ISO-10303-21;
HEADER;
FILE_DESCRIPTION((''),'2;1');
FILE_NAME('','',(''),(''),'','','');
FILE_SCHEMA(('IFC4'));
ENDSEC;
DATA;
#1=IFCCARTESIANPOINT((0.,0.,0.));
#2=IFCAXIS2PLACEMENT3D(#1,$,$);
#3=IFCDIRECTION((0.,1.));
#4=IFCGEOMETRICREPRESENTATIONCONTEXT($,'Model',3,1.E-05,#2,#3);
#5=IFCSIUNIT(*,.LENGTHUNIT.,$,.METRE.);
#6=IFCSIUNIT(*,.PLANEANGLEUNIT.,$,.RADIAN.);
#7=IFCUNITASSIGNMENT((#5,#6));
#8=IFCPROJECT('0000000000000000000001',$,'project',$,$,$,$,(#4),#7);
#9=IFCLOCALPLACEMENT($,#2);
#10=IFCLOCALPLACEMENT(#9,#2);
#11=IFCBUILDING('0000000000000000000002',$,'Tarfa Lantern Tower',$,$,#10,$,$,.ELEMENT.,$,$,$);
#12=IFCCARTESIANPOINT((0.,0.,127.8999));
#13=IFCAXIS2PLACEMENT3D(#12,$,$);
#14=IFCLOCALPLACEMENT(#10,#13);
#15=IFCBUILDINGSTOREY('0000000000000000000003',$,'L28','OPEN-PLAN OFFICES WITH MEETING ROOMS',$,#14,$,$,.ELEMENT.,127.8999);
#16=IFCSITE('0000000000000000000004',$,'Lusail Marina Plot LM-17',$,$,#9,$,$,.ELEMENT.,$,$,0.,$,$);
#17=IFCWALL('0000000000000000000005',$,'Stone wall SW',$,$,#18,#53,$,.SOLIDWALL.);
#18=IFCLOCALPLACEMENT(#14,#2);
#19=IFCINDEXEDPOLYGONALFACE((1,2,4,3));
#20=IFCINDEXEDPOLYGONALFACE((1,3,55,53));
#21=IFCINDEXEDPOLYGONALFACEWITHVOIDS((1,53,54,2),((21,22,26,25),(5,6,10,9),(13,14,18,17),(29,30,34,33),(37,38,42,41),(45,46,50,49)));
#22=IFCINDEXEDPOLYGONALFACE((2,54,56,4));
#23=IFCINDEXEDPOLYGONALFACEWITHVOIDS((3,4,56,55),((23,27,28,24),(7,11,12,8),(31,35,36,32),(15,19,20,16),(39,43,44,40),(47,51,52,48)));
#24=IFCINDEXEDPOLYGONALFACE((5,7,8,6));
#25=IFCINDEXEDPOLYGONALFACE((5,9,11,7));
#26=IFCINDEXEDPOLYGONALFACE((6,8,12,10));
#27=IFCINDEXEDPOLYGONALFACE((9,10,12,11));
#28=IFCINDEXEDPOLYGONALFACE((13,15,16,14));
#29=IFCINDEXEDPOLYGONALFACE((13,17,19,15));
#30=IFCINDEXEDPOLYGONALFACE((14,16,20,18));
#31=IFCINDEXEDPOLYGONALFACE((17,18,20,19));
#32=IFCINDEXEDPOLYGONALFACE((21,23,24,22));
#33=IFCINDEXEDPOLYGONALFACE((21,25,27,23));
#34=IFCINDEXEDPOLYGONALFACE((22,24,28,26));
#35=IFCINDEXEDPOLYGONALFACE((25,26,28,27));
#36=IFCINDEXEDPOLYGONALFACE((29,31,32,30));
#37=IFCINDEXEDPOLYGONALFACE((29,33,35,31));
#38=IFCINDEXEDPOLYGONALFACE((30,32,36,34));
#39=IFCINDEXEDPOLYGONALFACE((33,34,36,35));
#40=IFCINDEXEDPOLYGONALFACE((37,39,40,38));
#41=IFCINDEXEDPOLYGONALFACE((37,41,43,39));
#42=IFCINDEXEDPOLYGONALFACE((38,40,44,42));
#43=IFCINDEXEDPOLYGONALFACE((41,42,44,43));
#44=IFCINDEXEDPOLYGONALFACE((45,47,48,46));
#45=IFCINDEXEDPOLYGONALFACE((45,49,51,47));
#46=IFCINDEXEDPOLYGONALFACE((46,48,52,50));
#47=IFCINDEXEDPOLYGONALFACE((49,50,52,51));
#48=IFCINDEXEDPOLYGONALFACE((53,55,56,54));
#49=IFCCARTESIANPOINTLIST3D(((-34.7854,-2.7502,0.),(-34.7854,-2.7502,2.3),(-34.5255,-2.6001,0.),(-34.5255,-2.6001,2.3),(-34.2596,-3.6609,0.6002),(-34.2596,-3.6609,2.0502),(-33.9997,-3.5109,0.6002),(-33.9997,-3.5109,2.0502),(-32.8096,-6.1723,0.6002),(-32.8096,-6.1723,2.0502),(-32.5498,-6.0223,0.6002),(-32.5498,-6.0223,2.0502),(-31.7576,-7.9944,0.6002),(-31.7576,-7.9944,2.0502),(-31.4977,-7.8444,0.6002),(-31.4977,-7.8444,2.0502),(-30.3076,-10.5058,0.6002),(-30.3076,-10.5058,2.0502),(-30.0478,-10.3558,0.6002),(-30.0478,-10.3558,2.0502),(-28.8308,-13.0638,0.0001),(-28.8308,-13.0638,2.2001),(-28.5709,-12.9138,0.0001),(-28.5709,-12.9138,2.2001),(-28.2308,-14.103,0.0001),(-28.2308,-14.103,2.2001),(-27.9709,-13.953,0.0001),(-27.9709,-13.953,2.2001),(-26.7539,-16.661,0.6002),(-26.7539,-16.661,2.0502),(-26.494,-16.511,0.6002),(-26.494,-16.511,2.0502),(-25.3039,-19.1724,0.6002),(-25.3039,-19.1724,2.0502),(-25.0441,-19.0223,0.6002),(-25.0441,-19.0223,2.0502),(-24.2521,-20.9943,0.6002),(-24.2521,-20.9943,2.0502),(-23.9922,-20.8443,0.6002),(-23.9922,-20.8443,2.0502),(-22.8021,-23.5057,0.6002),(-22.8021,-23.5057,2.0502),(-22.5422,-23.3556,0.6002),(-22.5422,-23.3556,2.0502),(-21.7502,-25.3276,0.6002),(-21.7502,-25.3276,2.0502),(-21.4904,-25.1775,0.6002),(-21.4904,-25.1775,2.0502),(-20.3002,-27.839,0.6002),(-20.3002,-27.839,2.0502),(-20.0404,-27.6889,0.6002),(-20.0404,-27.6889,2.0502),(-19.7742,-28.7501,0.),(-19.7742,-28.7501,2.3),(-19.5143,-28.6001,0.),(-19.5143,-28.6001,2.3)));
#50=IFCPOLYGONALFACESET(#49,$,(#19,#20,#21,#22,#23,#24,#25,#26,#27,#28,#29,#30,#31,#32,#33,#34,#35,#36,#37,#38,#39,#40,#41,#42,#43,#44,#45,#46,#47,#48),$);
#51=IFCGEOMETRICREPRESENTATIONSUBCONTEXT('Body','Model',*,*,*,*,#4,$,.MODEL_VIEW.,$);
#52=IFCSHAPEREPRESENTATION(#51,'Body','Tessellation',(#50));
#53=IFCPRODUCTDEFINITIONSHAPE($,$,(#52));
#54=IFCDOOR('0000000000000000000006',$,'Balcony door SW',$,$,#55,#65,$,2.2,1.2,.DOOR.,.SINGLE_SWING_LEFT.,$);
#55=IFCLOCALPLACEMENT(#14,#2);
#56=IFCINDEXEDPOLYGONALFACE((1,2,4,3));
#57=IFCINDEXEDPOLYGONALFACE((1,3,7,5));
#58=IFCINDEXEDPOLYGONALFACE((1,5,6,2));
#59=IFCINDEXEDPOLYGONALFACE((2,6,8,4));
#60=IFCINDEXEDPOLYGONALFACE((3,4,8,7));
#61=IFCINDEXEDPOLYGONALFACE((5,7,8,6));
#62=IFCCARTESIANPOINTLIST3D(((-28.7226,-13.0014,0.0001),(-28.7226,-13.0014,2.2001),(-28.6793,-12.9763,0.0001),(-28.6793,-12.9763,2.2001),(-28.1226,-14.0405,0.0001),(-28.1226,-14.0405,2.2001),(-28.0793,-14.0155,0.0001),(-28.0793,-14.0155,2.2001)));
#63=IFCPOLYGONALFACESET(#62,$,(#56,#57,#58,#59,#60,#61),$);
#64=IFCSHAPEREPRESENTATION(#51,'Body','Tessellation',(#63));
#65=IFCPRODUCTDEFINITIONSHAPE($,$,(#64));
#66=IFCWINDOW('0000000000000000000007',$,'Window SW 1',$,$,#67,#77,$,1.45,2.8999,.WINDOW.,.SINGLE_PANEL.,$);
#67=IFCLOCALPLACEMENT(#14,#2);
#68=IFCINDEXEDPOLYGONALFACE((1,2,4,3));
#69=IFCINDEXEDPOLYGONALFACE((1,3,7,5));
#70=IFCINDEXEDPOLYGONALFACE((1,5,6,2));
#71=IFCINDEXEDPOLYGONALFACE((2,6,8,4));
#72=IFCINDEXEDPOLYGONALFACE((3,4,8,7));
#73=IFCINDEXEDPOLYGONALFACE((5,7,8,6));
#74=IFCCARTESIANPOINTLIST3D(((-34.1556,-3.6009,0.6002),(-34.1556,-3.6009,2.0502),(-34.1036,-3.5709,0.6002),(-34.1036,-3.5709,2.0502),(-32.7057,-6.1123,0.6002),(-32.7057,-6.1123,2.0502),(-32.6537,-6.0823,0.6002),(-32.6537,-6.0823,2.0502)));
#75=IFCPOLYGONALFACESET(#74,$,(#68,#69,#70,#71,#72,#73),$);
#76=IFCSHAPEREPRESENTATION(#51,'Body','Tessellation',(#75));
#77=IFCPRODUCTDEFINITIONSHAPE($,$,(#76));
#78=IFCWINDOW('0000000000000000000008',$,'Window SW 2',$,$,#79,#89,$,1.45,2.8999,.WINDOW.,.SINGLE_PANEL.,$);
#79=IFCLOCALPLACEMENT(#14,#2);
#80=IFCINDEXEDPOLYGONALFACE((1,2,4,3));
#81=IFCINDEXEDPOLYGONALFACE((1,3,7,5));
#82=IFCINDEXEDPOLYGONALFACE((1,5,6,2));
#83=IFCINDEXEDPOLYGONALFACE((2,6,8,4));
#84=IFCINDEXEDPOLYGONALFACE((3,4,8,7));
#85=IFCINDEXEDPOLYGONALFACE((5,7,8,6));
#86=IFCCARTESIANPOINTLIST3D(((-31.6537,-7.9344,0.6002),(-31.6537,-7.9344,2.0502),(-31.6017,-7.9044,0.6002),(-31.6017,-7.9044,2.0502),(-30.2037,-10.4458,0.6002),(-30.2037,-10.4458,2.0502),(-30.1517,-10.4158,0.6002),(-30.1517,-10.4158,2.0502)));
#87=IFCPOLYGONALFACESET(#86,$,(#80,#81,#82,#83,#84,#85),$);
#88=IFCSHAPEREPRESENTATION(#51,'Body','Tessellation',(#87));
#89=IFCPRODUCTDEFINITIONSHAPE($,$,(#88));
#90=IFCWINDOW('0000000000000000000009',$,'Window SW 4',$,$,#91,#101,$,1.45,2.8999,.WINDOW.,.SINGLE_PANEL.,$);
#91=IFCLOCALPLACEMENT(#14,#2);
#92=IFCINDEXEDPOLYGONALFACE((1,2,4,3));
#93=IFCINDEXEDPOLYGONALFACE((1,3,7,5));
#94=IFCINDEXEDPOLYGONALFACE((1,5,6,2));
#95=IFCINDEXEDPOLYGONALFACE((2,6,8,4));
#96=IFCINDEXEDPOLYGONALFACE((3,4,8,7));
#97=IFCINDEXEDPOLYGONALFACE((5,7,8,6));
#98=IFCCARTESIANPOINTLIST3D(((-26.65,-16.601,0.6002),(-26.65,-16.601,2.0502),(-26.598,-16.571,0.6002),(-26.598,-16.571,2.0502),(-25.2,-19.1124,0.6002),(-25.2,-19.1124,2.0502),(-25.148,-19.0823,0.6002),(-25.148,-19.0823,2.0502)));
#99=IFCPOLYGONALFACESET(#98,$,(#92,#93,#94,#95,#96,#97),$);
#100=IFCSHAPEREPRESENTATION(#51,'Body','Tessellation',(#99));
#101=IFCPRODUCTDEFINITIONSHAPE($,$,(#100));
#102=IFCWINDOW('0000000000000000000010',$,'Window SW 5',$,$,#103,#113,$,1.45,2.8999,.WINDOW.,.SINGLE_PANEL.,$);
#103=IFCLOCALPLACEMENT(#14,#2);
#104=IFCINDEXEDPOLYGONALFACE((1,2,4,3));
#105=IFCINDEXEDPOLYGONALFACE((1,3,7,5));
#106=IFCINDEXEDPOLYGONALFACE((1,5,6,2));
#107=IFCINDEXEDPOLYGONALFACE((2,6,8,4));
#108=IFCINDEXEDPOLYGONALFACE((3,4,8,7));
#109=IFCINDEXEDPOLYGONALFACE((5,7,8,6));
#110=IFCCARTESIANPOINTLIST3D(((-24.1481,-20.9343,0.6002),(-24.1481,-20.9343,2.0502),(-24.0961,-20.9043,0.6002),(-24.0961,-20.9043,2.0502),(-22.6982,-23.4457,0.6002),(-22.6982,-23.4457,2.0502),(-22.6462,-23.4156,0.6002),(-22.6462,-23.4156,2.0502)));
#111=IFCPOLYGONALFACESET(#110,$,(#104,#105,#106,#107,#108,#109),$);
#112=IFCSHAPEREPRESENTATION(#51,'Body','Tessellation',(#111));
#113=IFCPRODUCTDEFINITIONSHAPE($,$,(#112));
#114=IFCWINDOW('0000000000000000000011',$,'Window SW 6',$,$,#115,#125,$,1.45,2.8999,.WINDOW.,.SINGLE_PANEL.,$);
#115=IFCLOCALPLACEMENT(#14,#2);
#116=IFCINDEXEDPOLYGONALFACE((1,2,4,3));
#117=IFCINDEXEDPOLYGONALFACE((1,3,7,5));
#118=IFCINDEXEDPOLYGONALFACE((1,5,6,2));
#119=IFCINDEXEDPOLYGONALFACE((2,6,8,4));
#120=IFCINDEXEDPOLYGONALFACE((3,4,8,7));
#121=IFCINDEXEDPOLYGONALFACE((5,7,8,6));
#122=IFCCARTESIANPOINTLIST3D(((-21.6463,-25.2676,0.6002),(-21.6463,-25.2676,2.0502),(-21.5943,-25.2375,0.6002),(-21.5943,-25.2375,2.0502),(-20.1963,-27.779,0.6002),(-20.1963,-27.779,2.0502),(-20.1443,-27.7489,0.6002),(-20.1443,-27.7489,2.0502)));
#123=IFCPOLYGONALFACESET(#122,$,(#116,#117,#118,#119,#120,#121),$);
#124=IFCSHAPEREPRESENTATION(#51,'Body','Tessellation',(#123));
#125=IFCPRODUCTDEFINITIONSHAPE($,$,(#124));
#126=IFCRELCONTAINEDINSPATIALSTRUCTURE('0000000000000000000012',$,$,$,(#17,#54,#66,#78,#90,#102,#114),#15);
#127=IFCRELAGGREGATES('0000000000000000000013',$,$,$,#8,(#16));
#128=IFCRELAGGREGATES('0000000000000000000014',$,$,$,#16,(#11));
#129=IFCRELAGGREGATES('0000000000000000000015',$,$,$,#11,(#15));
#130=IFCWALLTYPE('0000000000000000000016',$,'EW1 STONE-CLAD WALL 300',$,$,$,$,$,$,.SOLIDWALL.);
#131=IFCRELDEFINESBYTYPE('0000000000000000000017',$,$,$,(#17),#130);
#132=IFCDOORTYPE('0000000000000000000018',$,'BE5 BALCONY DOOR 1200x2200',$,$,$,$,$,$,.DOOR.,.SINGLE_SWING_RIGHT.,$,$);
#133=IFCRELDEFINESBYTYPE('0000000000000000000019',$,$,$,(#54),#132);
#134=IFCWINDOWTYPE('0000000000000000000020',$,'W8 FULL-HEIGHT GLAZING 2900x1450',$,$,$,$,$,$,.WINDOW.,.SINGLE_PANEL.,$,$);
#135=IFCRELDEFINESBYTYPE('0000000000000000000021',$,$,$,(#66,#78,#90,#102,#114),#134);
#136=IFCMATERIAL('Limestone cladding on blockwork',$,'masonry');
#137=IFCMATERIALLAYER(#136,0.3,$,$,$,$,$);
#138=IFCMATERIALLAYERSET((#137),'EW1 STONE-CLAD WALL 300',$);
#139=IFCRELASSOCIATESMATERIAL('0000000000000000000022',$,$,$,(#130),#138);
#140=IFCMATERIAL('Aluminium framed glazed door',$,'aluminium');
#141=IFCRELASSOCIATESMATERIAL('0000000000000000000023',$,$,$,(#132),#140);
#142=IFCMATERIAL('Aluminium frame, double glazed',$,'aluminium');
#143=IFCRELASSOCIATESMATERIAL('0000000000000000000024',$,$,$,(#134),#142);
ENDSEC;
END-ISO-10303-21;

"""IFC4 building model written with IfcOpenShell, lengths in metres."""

from ifc_helpers import new_model, si_unit, direction, frame, frame_2d, origin, place, context, subcontext, project, spatial, rectangle, extrude, material, layer, layer_set, type_object, element, fill, save


model = new_model("IFC4")

# Units and contexts
model_context = context("Model", 3, precision=1e-05, world=origin(), true_north=direction((0.0, 1.0)))
body_context = subcontext(model_context, "Body", "Model", "MODEL_VIEW")
ifc_project = project(units=[si_unit("LENGTHUNIT", "METRE"), si_unit("PLANEANGLEUNIT", "RADIAN")], contexts=[model_context])

# Site, building, storey
site_placement = place(None, origin())
site = spatial("IfcSite", under=ifc_project, at=site_placement, Name="Lusail Marina Plot LM-17", CompositionType="ELEMENT", RefElevation=0.0)
building_placement = place(site_placement, origin())
building = spatial("IfcBuilding", under=site, at=building_placement, Name="Tarfa Lantern Tower", CompositionType="ELEMENT")
storey_placement = place(building_placement, frame((0.0, 0.0, 127.8999)))
storey = spatial("IfcBuildingStorey", under=building, at=storey_placement, Name="L28", Description="OPEN-PLAN OFFICES WITH MEETING ROOMS", CompositionType="ELEMENT", Elevation=127.8999)

# Wall, openings, door, windows
ifc_material_1 = material(Name="Limestone cladding on blockwork", Category="masonry")
ifc_layer_1 = layer(ifc_material_1, 0.3)
ifc_layer_set_1 = layer_set([ifc_layer_1], Name="EW1 STONE-CLAD WALL 300")
wall_type = type_object("IfcWallType", Name="EW1 STONE-CLAD WALL 300", PredefinedType="SOLIDWALL", material=ifc_layer_set_1)
wall_placement = place(storey_placement, frame((-34.6555, -2.675, 0.0), z_axis=(0.0, 0.0, 1.0), x_axis=(0.500003, -0.866024, 0.0)))
wall = element("IfcWall", 1, at=wall_placement, inside=storey, type_object=wall_type, Name="Stone wall SW", PredefinedType="SOLIDWALL", context=body_context, shape_type="SweptSolid", body=[
    extrude(rectangle(XDim=30.0222, YDim=0.3, at=frame_2d((15.0112, 0.0))), origin(), (0.0, 0.0, 1.0), 2.3),
])
opening_1_placement = place(wall_placement, frame((1.0518, 0.0, 0.6001)))
opening_1 = element("IfcOpeningElement", 2, at=opening_1_placement, cuts=wall, PredefinedType="OPENING", context=body_context, shape_type="SweptSolid", body=[
    extrude(rectangle(XDim=2.8999, YDim=1.45, at=frame_2d((1.45, 0.7251))), frame((0.0, 0.1599, 0.0), z_axis=(0.0, -1.0, 0.0), x_axis=(1.0, 0.0, 0.0)), (0.0, 0.0, 1.0), 0.3201),
])
opening_2_placement = place(wall_placement, frame((6.0557, 0.0, 0.6001)))
opening_2 = element("IfcOpeningElement", 3, at=opening_2_placement, cuts=wall, PredefinedType="OPENING", context=body_context, shape_type="SweptSolid", body=[
    extrude(rectangle(XDim=2.8999, YDim=1.45, at=frame_2d((1.45, 0.7251))), frame((0.0, 0.1599, 0.0), z_axis=(0.0, -1.0, 0.0), x_axis=(1.0, 0.0, 0.0)), (0.0, 0.0, 1.0), 0.3201),
])
opening_3_placement = place(wall_placement, frame((11.9092, 0.0, 0.0)))
opening_3 = element("IfcOpeningElement", 4, at=opening_3_placement, cuts=wall, PredefinedType="OPENING", context=body_context, shape_type="SweptSolid", body=[
    extrude(rectangle(XDim=1.2, YDim=2.2, at=frame_2d((0.6001, 1.1001))), frame((0.0, 0.1599, 0.0), z_axis=(0.0, -1.0, 0.0), x_axis=(1.0, 0.0, 0.0)), (0.0, 0.0, 1.0), 0.3201),
])
opening_4_placement = place(wall_placement, frame((16.063, 0.0, 0.6001)))
opening_4 = element("IfcOpeningElement", 5, at=opening_4_placement, cuts=wall, PredefinedType="OPENING", context=body_context, shape_type="SweptSolid", body=[
    extrude(rectangle(XDim=2.8999, YDim=1.45, at=frame_2d((1.45, 0.7251))), frame((0.0, 0.1599, 0.0), z_axis=(0.0, -1.0, 0.0), x_axis=(1.0, 0.0, 0.0)), (0.0, 0.0, 1.0), 0.3201),
])
opening_5_placement = place(wall_placement, frame((21.0667, 0.0, 0.6001)))
opening_5 = element("IfcOpeningElement", 6, at=opening_5_placement, cuts=wall, PredefinedType="OPENING", context=body_context, shape_type="SweptSolid", body=[
    extrude(rectangle(XDim=2.8999, YDim=1.45, at=frame_2d((1.45, 0.7251))), frame((0.0, 0.1599, 0.0), z_axis=(0.0, -1.0, 0.0), x_axis=(1.0, 0.0, 0.0)), (0.0, 0.0, 1.0), 0.3201),
])
opening_6_placement = place(wall_placement, frame((26.0703, 0.0, 0.6001)))
opening_6 = element("IfcOpeningElement", 7, at=opening_6_placement, cuts=wall, PredefinedType="OPENING", context=body_context, shape_type="SweptSolid", body=[
    extrude(rectangle(XDim=2.8999, YDim=1.45, at=frame_2d((1.45, 0.7251))), frame((0.0, 0.1599, 0.0), z_axis=(0.0, -1.0, 0.0), x_axis=(1.0, 0.0, 0.0)), (0.0, 0.0, 1.0), 0.3201),
])
ifc_material_2 = material(Name="Aluminium framed glazed door", Category="aluminium")
door_type = type_object("IfcDoorType", Name="BE5 BALCONY DOOR 1200x2200", OperationType="SINGLE_SWING_RIGHT", PredefinedType="DOOR", material=ifc_material_2)
door_placement = place(opening_3_placement, origin())
door = element("IfcDoor", 8, at=door_placement, inside=storey, type_object=door_type, Name="Balcony door SW", OperationType="SINGLE_SWING_LEFT", OverallHeight=2.2, OverallWidth=1.2, PredefinedType="DOOR", context=body_context, shape_type="SweptSolid", body=[
    extrude(rectangle(XDim=1.2, YDim=2.2, at=frame_2d((0.6001, 1.1001))), frame((0.0, 0.0249, 0.0), z_axis=(0.0, -1.0, 0.0), x_axis=(1.0, 0.0, 0.0)), (0.0, 0.0, 1.0), 0.05),
])
fill(opening_3, door)
ifc_material_3 = material(Name="Aluminium frame, double glazed", Category="aluminium")
window_type = type_object("IfcWindowType", Name="W8 FULL-HEIGHT GLAZING 2900x1450", PartitioningType="SINGLE_PANEL", PredefinedType="WINDOW", material=ifc_material_3)
window_1_placement = place(opening_1_placement, origin())
window_1 = element("IfcWindow", 9, at=window_1_placement, inside=storey, type_object=window_type, Name="Window SW 1", OverallHeight=1.45, OverallWidth=2.8999, PartitioningType="SINGLE_PANEL", PredefinedType="WINDOW", context=body_context, shape_type="SweptSolid", body=[
    extrude(rectangle(XDim=2.8999, YDim=1.45, at=frame_2d((1.45, 0.7251))), frame((0.0, 0.03, 0.0), z_axis=(0.0, -1.0, 0.0), x_axis=(1.0, 0.0, 0.0)), (0.0, 0.0, 1.0), 0.0601),
])
fill(opening_1, window_1)
window_2_placement = place(opening_2_placement, origin())
window_2 = element("IfcWindow", 10, at=window_2_placement, inside=storey, type_object=window_type, Name="Window SW 2", OverallHeight=1.45, OverallWidth=2.8999, PartitioningType="SINGLE_PANEL", PredefinedType="WINDOW", context=body_context, shape_type="SweptSolid", body=[
    extrude(rectangle(XDim=2.8999, YDim=1.45, at=frame_2d((1.45, 0.7251))), frame((0.0, 0.03, 0.0), z_axis=(0.0, -1.0, 0.0), x_axis=(1.0, 0.0, 0.0)), (0.0, 0.0, 1.0), 0.0601),
])
fill(opening_2, window_2)
window_3_placement = place(opening_4_placement, origin())
window_3 = element("IfcWindow", 11, at=window_3_placement, inside=storey, type_object=window_type, Name="Window SW 4", OverallHeight=1.45, OverallWidth=2.8999, PartitioningType="SINGLE_PANEL", PredefinedType="WINDOW", context=body_context, shape_type="SweptSolid", body=[
    extrude(rectangle(XDim=2.8999, YDim=1.45, at=frame_2d((1.45, 0.7251))), frame((0.0, 0.03, 0.0), z_axis=(0.0, -1.0, 0.0), x_axis=(1.0, 0.0, 0.0)), (0.0, 0.0, 1.0), 0.0601),
])
fill(opening_4, window_3)
window_4_placement = place(opening_5_placement, origin())
window_4 = element("IfcWindow", 12, at=window_4_placement, inside=storey, type_object=window_type, Name="Window SW 5", OverallHeight=1.45, OverallWidth=2.8999, PartitioningType="SINGLE_PANEL", PredefinedType="WINDOW", context=body_context, shape_type="SweptSolid", body=[
    extrude(rectangle(XDim=2.8999, YDim=1.45, at=frame_2d((1.45, 0.7251))), frame((0.0, 0.03, 0.0), z_axis=(0.0, -1.0, 0.0), x_axis=(1.0, 0.0, 0.0)), (0.0, 0.0, 1.0), 0.0601),
])
fill(opening_5, window_4)
window_5_placement = place(opening_6_placement, origin())
window_5 = element("IfcWindow", 13, at=window_5_placement, inside=storey, type_object=window_type, Name="Window SW 6", OverallHeight=1.45, OverallWidth=2.8999, PartitioningType="SINGLE_PANEL", PredefinedType="WINDOW", context=body_context, shape_type="SweptSolid", body=[
    extrude(rectangle(XDim=2.8999, YDim=1.45, at=frame_2d((1.45, 0.7251))), frame((0.0, 0.03, 0.0), z_axis=(0.0, -1.0, 0.0), x_axis=(1.0, 0.0, 0.0)), (0.0, 0.0, 1.0), 0.0601),
])
fill(opening_6, window_5)

save(model, "model.ifc")
